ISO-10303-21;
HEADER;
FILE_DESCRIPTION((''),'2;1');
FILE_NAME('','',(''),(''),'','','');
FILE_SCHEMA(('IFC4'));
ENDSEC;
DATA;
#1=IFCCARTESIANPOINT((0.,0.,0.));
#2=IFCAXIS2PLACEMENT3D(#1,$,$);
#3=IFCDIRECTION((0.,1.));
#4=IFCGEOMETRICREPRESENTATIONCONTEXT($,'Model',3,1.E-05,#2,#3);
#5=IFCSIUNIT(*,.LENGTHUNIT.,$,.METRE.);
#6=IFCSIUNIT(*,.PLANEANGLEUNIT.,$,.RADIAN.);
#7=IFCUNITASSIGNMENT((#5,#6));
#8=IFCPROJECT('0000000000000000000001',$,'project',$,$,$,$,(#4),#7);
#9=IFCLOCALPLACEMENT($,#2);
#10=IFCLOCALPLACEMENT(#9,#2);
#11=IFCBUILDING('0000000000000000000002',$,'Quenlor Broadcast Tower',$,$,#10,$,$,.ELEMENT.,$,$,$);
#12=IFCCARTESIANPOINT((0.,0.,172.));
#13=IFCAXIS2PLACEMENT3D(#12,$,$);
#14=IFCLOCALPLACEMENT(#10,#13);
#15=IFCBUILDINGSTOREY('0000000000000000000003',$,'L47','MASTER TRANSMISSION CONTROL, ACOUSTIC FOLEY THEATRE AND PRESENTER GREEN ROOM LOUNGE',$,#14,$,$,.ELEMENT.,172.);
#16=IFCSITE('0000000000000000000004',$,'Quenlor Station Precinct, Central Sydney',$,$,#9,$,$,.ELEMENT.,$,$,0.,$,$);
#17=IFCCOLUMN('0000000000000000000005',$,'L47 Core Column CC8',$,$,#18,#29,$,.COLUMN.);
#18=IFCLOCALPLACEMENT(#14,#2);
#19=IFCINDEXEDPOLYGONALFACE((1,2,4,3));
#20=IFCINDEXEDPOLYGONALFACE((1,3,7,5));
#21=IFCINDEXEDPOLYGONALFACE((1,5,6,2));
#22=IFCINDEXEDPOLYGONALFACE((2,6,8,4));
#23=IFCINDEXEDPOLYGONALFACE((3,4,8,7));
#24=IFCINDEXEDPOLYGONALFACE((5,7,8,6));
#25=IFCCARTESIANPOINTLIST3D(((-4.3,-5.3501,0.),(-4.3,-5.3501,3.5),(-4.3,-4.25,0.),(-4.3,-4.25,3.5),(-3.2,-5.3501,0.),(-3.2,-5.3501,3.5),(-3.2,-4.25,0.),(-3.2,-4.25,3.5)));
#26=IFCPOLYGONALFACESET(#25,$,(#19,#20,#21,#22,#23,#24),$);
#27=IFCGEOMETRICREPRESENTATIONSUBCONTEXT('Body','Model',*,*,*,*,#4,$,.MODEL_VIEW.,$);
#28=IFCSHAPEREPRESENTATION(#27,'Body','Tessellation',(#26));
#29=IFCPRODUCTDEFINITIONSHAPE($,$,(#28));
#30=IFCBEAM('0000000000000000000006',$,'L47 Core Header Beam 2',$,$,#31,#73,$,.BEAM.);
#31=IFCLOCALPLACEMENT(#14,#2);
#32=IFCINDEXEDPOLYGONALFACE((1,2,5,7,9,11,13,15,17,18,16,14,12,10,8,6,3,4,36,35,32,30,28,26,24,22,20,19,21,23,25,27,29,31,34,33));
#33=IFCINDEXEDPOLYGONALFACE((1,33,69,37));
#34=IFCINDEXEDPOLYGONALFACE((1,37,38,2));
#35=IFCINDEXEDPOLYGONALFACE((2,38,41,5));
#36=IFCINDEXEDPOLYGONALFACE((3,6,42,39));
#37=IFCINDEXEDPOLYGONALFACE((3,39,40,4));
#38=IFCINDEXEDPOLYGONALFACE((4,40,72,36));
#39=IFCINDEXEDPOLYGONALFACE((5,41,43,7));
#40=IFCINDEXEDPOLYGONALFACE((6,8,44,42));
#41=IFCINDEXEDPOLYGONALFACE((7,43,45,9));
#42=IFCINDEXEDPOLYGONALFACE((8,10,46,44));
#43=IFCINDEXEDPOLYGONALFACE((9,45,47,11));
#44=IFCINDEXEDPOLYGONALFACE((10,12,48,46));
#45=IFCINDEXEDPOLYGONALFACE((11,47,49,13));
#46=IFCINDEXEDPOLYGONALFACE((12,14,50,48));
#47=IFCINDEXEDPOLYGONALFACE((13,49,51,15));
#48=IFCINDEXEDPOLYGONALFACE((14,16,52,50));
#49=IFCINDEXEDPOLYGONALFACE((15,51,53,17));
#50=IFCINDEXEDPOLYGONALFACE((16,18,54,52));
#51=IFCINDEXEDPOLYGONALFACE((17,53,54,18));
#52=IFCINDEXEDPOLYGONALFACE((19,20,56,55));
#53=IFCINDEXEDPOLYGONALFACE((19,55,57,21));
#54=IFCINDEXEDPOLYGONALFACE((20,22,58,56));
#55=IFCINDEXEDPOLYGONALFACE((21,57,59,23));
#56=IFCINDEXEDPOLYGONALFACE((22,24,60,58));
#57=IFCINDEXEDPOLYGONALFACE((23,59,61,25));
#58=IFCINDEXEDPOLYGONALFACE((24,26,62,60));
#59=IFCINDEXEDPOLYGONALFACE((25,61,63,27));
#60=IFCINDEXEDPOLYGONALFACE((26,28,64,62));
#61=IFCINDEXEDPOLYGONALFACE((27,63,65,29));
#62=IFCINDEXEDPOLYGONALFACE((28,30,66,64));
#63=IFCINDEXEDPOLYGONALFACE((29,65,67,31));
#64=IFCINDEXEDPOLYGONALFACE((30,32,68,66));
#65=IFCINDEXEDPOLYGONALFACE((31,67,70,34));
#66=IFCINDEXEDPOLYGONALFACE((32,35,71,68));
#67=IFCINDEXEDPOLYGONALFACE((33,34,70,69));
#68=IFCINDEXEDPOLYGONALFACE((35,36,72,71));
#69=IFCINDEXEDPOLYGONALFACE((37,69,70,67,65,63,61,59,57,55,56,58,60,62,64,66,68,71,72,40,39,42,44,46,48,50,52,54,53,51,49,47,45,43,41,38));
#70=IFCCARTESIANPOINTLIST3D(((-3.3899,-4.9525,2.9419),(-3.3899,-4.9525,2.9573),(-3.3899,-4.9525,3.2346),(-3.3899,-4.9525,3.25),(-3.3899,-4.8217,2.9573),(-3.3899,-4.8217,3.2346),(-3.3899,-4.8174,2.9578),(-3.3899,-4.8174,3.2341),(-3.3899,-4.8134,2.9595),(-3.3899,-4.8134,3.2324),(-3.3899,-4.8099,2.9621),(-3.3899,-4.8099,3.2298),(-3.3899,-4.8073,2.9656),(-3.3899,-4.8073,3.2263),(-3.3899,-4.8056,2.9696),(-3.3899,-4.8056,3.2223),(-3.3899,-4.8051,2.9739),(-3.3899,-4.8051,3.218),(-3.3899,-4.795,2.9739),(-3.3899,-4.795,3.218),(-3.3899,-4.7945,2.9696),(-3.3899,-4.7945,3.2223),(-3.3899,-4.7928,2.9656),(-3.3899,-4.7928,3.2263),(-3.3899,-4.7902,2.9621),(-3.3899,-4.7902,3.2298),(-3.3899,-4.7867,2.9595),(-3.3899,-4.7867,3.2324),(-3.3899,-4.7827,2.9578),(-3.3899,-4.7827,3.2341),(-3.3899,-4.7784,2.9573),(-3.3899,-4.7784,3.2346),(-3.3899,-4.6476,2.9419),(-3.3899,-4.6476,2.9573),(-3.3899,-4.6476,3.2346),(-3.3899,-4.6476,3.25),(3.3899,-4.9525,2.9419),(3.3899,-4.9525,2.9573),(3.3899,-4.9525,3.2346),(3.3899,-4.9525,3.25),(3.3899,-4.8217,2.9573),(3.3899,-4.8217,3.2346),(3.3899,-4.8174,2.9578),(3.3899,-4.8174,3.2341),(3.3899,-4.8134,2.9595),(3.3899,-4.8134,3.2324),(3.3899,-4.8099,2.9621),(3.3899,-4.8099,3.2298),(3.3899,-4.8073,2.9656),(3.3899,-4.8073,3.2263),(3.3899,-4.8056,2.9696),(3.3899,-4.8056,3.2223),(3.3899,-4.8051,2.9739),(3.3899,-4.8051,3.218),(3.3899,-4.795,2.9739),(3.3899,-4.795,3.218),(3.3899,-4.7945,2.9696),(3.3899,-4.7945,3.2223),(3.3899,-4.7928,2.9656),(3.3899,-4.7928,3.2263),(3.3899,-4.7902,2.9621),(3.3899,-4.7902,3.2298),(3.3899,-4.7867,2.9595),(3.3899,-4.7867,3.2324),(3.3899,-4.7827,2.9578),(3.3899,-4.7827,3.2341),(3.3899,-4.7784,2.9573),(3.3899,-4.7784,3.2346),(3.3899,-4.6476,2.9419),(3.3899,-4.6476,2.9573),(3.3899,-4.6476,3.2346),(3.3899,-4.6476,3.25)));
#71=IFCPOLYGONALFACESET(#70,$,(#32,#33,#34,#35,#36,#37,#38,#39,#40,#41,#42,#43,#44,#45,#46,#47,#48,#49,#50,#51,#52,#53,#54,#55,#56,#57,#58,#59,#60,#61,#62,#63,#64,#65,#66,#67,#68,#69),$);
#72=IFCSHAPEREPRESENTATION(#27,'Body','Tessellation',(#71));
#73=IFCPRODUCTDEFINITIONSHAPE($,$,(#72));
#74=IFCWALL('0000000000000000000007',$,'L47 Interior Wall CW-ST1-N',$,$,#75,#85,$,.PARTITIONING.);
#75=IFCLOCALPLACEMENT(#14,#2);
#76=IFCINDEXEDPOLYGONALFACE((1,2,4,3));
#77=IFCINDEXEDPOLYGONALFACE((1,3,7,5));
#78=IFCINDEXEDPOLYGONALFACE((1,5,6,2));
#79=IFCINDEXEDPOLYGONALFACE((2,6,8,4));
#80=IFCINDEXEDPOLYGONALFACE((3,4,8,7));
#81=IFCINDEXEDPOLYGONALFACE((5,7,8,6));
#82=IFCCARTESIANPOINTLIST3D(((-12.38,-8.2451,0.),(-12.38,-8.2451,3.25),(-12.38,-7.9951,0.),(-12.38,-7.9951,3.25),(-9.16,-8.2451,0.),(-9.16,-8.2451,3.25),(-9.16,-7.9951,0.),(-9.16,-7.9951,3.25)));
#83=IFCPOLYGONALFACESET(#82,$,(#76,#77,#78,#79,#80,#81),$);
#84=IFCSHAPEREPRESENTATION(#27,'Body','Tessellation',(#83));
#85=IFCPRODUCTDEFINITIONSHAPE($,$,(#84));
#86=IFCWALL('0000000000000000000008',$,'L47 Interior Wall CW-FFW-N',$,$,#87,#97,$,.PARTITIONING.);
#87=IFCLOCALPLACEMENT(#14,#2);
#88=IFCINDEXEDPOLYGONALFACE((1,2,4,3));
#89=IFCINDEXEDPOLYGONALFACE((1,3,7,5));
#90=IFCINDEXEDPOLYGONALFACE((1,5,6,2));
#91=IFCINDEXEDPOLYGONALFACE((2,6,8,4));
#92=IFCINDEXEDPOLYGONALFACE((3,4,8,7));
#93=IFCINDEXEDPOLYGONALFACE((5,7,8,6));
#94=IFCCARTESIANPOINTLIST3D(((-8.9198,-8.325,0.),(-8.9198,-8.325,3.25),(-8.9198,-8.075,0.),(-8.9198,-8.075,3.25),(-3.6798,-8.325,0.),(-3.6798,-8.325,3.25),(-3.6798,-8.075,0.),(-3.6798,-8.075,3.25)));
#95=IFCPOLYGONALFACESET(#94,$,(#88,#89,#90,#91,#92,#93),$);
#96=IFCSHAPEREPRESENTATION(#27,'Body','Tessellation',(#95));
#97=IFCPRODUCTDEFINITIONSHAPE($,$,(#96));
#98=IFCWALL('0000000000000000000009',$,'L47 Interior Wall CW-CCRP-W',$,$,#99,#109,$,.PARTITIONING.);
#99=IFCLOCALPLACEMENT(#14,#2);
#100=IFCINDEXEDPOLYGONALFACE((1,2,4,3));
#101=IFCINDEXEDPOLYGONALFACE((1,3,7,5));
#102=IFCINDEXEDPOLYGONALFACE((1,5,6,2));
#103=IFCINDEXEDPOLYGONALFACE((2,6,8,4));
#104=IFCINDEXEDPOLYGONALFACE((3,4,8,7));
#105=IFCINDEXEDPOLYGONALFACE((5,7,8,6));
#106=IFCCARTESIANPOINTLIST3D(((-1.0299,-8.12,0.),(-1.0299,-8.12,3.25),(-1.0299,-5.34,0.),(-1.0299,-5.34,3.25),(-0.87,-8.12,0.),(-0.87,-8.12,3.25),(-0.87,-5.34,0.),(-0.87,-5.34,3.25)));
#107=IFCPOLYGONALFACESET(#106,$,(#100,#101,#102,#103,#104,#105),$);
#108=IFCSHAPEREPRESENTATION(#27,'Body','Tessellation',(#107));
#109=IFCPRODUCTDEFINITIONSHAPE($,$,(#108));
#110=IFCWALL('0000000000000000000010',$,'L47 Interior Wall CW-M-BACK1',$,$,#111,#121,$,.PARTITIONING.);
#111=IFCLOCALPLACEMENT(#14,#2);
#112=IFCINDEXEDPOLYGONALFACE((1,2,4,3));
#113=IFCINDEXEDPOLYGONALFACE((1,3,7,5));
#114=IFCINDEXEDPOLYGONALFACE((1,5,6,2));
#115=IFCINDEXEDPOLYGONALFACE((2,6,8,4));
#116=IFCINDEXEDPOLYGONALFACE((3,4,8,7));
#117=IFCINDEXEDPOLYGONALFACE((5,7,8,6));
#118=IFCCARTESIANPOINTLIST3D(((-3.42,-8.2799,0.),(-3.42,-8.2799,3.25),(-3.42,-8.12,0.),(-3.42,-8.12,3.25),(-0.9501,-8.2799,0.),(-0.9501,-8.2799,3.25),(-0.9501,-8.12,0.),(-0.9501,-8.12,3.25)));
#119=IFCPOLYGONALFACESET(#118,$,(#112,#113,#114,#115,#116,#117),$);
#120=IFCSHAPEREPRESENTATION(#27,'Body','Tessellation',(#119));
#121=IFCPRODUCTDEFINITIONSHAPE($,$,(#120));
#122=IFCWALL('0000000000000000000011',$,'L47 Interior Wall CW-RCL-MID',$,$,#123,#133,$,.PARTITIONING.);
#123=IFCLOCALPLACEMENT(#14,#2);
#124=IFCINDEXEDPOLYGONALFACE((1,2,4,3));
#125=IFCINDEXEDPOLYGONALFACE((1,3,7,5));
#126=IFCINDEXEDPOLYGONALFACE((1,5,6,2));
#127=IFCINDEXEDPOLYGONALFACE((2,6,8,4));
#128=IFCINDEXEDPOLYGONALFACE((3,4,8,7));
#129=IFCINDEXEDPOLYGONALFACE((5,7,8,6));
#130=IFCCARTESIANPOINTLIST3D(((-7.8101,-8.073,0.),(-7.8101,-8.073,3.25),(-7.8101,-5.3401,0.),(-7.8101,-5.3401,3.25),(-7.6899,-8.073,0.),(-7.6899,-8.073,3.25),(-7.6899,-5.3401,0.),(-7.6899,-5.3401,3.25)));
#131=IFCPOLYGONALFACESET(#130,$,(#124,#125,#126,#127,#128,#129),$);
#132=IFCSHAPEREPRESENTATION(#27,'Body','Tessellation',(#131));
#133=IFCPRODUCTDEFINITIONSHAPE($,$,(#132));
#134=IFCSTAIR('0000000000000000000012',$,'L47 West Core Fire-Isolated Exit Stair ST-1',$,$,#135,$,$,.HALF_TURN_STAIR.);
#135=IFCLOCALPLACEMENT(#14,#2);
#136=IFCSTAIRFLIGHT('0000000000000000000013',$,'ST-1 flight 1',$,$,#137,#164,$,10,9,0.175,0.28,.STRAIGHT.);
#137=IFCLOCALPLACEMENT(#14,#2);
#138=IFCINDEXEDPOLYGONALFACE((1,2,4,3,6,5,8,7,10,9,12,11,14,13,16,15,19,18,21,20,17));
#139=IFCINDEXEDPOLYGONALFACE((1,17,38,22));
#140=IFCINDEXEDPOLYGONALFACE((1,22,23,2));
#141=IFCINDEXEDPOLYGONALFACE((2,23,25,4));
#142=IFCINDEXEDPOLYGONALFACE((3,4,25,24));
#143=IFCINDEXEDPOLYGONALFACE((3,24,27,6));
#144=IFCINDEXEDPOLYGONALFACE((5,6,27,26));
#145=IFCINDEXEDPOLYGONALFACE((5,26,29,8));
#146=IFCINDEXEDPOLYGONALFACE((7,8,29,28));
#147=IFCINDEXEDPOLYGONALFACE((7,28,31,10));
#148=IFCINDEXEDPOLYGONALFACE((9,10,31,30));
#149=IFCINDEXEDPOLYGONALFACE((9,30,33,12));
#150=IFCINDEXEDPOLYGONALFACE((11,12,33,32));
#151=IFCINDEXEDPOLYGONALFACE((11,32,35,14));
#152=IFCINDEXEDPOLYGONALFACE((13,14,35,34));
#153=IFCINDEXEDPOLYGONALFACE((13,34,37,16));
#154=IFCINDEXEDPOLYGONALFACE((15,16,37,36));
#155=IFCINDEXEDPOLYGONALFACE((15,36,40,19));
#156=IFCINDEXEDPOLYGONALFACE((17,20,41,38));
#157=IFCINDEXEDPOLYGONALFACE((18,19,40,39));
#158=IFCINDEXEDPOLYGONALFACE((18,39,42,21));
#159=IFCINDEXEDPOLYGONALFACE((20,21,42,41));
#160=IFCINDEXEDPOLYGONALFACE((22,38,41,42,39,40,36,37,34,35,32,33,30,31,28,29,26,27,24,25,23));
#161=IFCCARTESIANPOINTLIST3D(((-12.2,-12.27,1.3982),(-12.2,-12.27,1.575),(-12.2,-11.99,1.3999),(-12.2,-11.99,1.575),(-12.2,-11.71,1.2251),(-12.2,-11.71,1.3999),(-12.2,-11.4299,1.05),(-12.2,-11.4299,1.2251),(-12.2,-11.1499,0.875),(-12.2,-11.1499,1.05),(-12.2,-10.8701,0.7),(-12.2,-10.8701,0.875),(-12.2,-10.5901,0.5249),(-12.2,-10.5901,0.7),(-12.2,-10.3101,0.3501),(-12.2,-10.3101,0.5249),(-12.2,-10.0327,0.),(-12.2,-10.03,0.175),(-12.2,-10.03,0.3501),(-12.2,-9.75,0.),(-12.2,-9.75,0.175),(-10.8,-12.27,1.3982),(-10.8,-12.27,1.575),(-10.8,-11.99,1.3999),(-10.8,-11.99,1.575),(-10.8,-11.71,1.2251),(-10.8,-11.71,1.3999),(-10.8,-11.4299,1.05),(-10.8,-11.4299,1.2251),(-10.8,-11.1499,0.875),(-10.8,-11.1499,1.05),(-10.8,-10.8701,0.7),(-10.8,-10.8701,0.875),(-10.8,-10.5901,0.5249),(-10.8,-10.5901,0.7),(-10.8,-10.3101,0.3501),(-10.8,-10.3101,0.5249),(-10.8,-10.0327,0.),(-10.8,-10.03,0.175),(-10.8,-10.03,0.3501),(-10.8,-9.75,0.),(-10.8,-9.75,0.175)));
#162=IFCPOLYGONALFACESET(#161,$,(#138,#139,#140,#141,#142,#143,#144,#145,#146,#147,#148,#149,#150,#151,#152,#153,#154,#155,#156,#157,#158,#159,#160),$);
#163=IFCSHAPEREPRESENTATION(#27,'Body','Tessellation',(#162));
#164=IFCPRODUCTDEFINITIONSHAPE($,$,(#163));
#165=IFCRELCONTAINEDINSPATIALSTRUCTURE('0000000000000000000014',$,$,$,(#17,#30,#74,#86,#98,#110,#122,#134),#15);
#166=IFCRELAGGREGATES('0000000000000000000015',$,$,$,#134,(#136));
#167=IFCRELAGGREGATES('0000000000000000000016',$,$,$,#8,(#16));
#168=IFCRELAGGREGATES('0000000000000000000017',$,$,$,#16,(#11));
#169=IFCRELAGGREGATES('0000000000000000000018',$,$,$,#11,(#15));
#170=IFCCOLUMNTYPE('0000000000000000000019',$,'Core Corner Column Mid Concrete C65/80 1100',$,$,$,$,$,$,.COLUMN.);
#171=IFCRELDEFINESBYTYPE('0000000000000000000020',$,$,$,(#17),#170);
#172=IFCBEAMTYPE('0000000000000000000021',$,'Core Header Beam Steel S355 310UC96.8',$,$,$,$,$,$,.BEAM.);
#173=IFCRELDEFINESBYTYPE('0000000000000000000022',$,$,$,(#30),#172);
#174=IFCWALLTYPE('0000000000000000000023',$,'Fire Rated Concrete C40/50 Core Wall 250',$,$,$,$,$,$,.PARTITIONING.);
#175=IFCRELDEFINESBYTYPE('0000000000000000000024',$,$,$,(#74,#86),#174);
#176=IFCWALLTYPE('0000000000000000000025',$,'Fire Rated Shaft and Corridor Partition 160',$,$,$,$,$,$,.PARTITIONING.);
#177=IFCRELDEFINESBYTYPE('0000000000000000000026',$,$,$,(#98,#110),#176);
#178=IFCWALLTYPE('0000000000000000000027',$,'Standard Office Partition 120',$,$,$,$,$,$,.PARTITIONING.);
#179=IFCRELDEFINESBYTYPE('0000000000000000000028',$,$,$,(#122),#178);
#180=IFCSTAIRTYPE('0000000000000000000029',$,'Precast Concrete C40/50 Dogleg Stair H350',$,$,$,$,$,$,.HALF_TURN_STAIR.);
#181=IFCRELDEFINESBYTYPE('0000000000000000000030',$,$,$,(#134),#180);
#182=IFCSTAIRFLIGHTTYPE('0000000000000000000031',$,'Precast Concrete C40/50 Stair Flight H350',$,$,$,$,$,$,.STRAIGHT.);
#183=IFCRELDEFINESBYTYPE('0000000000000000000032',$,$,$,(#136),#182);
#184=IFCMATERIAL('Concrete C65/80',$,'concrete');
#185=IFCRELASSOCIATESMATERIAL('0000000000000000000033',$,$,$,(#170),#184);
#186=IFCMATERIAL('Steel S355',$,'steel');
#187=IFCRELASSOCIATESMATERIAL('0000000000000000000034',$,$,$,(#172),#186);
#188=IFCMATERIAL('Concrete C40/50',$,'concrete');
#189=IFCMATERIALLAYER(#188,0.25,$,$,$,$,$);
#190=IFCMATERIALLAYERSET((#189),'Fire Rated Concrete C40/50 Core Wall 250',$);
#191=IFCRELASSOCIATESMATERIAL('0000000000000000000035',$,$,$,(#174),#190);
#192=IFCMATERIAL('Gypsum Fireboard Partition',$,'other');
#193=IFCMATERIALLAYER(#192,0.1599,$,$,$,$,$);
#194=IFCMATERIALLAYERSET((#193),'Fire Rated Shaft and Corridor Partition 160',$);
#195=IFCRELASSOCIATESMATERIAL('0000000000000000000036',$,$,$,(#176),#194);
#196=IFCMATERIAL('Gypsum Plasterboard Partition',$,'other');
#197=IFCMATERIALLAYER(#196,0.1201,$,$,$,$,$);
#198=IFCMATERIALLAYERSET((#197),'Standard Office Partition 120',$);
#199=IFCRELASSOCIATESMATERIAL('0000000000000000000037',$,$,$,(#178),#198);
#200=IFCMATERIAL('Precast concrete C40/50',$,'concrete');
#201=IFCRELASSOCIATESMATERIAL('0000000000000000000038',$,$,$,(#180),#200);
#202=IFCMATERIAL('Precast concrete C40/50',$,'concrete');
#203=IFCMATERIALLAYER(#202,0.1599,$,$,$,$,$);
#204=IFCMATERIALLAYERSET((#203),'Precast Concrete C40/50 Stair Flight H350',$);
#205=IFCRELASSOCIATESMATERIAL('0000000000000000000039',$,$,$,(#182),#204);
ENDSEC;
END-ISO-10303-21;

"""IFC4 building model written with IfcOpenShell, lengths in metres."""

from ifc_helpers import new_model, si_unit, direction, frame, frame_2d, origin, origin_2d, place, context, subcontext, project, spatial, polyline, rectangle, i_section, outline, extrude, material, layer, layer_set, material_profile, profile_set, type_object, element, aggregate, save


model = new_model("IFC4")

# Units and contexts
model_context = context("Model", 3, precision=1e-05, world=origin(), true_north=direction((0.0, 1.0)))
body_context = subcontext(model_context, "Body", "Model", "MODEL_VIEW")
ifc_project = project(units=[si_unit("LENGTHUNIT", "METRE"), si_unit("PLANEANGLEUNIT", "RADIAN")], contexts=[model_context])

# Site, building, storey
site_placement = place(None, origin())
site = spatial("IfcSite", under=ifc_project, at=site_placement, Name="Quenlor Station Precinct, Central Sydney", CompositionType="ELEMENT", RefElevation=0.0)
building_placement = place(site_placement, origin())
building = spatial("IfcBuilding", under=site, at=building_placement, Name="Quenlor Broadcast Tower", CompositionType="ELEMENT")
storey_placement = place(building_placement, frame((0.0, 0.0, 172.0)))
storey = spatial("IfcBuildingStorey", under=building, at=storey_placement, Name="L47", Description="MASTER TRANSMISSION CONTROL, ACOUSTIC FOLEY THEATRE AND PRESENTER GREEN ROOM LOUNGE", CompositionType="ELEMENT", Elevation=172.0)

# Column
ifc_material_1 = material(Name="Concrete C65/80", Category="concrete")
ifc_material_profile_1 = material_profile(ifc_material_1, rectangle(XDim=1.1001, YDim=1.1001, at=origin_2d()))
ifc_profile_set_1 = profile_set([ifc_material_profile_1], Name="Concrete C65/80 RC1100x1100")
column_type = type_object("IfcColumnType", Name="Core Corner Column Mid Concrete C65/80 1100", PredefinedType="COLUMN", material=ifc_profile_set_1)
column_placement = place(storey_placement, frame((-3.75, -4.8, 0.0), z_axis=(0.0, 0.0, 1.0), x_axis=(1.0, 0.0, 0.0)))
element("IfcColumn", 1, at=column_placement, inside=storey, type_object=column_type, Name="L47 Core Column CC8", PredefinedType="COLUMN", context=body_context, shape_type="SweptSolid", body=[
    extrude(rectangle(XDim=1.1001, YDim=1.1001, at=origin_2d()), origin(), (0.0, 0.0, 1.0), 3.5),
])

# Beam
ifc_material_2 = material(Name="Steel S355", Category="steel")
ifc_material_profile_2 = material_profile(ifc_material_2, i_section(OverallWidth=0.3049, OverallDepth=0.3081, WebThickness=0.01, FlangeThickness=0.0154, FilletRadius=0.0166, at=origin_2d()))
ifc_profile_set_2 = profile_set([ifc_material_profile_2], Name="Steel S355 310UC96.8")
beam_type = type_object("IfcBeamType", Name="Core Header Beam Steel S355 310UC96.8", PredefinedType="BEAM", material=ifc_profile_set_2)
beam_placement = place(storey_placement, frame((-3.3899, -4.8, 3.0959), z_axis=(1.0, 0.0, 0.0), x_axis=(0.0, 1.0, 0.0)))
element("IfcBeam", 2, at=beam_placement, inside=storey, type_object=beam_type, Name="L47 Core Header Beam 2", PredefinedType="BEAM", context=body_context, shape_type="SweptSolid", body=[
    extrude(i_section(OverallWidth=0.3049, OverallDepth=0.3081, WebThickness=0.01, FlangeThickness=0.0154, FilletRadius=0.0166, at=origin_2d()), origin(), (0.0, 0.0, 1.0), 6.7798),
])

# Shared definitions
ifc_material_3 = material(Name="Concrete C40/50", Category="concrete")
ifc_layer_1 = layer(ifc_material_3, 0.25)
ifc_layer_set_1 = layer_set([ifc_layer_1], Name="Fire Rated Concrete C40/50 Core Wall 250")
wall_type_1 = type_object("IfcWallType", Name="Fire Rated Concrete C40/50 Core Wall 250", PredefinedType="PARTITIONING", material=ifc_layer_set_1)

# Walls
wall_1_placement = place(storey_placement, frame((-12.3799, -8.1201, 0.0), z_axis=(0.0, 0.0, 1.0), x_axis=(1.0, 0.0, 0.0)))
element("IfcWall", 3, at=wall_1_placement, inside=storey, type_object=wall_type_1, Name="L47 Interior Wall CW-ST1-N", PredefinedType="PARTITIONING", context=body_context, shape_type="SweptSolid", body=[
    extrude(rectangle(XDim=3.22, YDim=0.25, at=frame_2d((1.6099, 0.0))), origin(), (0.0, 0.0, 1.0), 3.25),
])
wall_2_placement = place(storey_placement, frame((-8.9199, -8.2, 0.0), z_axis=(0.0, 0.0, 1.0), x_axis=(1.0, 0.0, 0.0)))
element("IfcWall", 4, at=wall_2_placement, inside=storey, type_object=wall_type_1, Name="L47 Interior Wall CW-FFW-N", PredefinedType="PARTITIONING", context=body_context, shape_type="SweptSolid", body=[
    extrude(rectangle(XDim=5.24, YDim=0.25, at=frame_2d((2.6201, 0.0))), origin(), (0.0, 0.0, 1.0), 3.25),
])

# Walls
ifc_material_4 = material(Name="Gypsum Fireboard Partition", Category="other")
ifc_layer_2 = layer(ifc_material_4, 0.1599)
ifc_layer_set_2 = layer_set([ifc_layer_2], Name="Fire Rated Shaft and Corridor Partition 160")
wall_type_2 = type_object("IfcWallType", Name="Fire Rated Shaft and Corridor Partition 160", PredefinedType="PARTITIONING", material=ifc_layer_set_2)
wall_3_placement = place(storey_placement, frame((-0.95, -8.1201, 0.0), z_axis=(0.0, 0.0, 1.0), x_axis=(0.0, 1.0, 0.0)))
element("IfcWall", 5, at=wall_3_placement, inside=storey, type_object=wall_type_2, Name="L47 Interior Wall CW-CCRP-W", PredefinedType="PARTITIONING", context=body_context, shape_type="SweptSolid", body=[
    extrude(rectangle(XDim=2.78, YDim=0.1599, at=frame_2d((1.3901, 0.0))), origin(), (0.0, 0.0, 1.0), 3.25),
])
wall_4_placement = place(storey_placement, frame((-3.4199, -8.2, 0.0), z_axis=(0.0, 0.0, 1.0), x_axis=(1.0, 0.0, 0.0)))
element("IfcWall", 6, at=wall_4_placement, inside=storey, type_object=wall_type_2, Name="L47 Interior Wall CW-M-BACK1", PredefinedType="PARTITIONING", context=body_context, shape_type="SweptSolid", body=[
    extrude(rectangle(XDim=2.47, YDim=0.1599, at=frame_2d((1.2349, 0.0))), origin(), (0.0, 0.0, 1.0), 3.25),
])
ifc_material_5 = material(Name="Gypsum Plasterboard Partition", Category="other")
ifc_layer_3 = layer(ifc_material_5, 0.1201)
ifc_layer_set_3 = layer_set([ifc_layer_3], Name="Standard Office Partition 120")
wall_type_3 = type_object("IfcWallType", Name="Standard Office Partition 120", PredefinedType="PARTITIONING", material=ifc_layer_set_3)
wall_5_placement = place(storey_placement, frame((-7.75, -8.073, 0.0), z_axis=(0.0, 0.0, 1.0), x_axis=(0.0, 1.0, 0.0)))
element("IfcWall", 7, at=wall_5_placement, inside=storey, type_object=wall_type_3, Name="L47 Interior Wall CW-RCL-MID", PredefinedType="PARTITIONING", context=body_context, shape_type="SweptSolid", body=[
    extrude(rectangle(XDim=2.7329, YDim=0.1201, at=frame_2d((1.3665, 0.0))), origin(), (0.0, 0.0, 1.0), 3.25),
])

# Stair, stair flight
ifc_material_6 = material(Name="Precast concrete C40/50", Category="concrete")
stair_type = type_object("IfcStairType", Name="Precast Concrete C40/50 Dogleg Stair H350", PredefinedType="HALF_TURN_STAIR", material=ifc_material_6)
stair_placement = place(storey_placement, origin())
stair = element("IfcStair", 8, at=stair_placement, inside=storey, type_object=stair_type, Name="L47 West Core Fire-Isolated Exit Stair ST-1", PredefinedType="HALF_TURN_STAIR")
ifc_material_7 = material(Name="Precast concrete C40/50", Category="concrete")
ifc_layer_4 = layer(ifc_material_7, 0.1599)
ifc_layer_set_4 = layer_set([ifc_layer_4], Name="Precast Concrete C40/50 Stair Flight H350")
stair_flight_type = type_object("IfcStairFlightType", Name="Precast Concrete C40/50 Stair Flight H350", PredefinedType="STRAIGHT", material=ifc_layer_set_4)
stair_flight_placement = place(storey_placement, frame((-11.5, -9.75, 0.0), z_axis=(0.0, 0.0, 1.0), x_axis=(0.0, -1.0, 0.0)))
stair_flight = element("IfcStairFlight", 9, at=stair_flight_placement, type_object=stair_flight_type, Name="ST-1 flight 1", NumberOfRisers=10, NumberOfTreads=9, PredefinedType="STRAIGHT", RiserHeight=0.175, TreadLength=0.28, context=body_context, shape_type="SweptSolid", body=[
    extrude(outline(polyline([(0.0, 0.0), (0.0, 0.175), (0.28, 0.175), (0.28, 0.3501), (0.5601, 0.3501), (0.5601, 0.5249), (0.8401, 0.5249), (0.8401, 0.7), (1.1201, 0.7), (1.1201, 0.875), (1.3999, 0.875), (1.3999, 1.05), (1.6799, 1.05), (1.6799, 1.2251), (1.96, 1.2251), (1.96, 1.3999), (2.24, 1.3999), (2.24, 1.575), (2.52, 1.575), (2.52, 1.75), (2.52, 1.3982), (0.2827, 0.0), (0.0, 0.0)])), frame((0.0, 0.7, 0.0), z_axis=(0.0, -1.0, 0.0), x_axis=(1.0, 0.0, 0.0)), (0.0, 0.0, 1.0), 1.3999),
])
aggregate(stair, [stair_flight])

save(model, "model.ifc")
